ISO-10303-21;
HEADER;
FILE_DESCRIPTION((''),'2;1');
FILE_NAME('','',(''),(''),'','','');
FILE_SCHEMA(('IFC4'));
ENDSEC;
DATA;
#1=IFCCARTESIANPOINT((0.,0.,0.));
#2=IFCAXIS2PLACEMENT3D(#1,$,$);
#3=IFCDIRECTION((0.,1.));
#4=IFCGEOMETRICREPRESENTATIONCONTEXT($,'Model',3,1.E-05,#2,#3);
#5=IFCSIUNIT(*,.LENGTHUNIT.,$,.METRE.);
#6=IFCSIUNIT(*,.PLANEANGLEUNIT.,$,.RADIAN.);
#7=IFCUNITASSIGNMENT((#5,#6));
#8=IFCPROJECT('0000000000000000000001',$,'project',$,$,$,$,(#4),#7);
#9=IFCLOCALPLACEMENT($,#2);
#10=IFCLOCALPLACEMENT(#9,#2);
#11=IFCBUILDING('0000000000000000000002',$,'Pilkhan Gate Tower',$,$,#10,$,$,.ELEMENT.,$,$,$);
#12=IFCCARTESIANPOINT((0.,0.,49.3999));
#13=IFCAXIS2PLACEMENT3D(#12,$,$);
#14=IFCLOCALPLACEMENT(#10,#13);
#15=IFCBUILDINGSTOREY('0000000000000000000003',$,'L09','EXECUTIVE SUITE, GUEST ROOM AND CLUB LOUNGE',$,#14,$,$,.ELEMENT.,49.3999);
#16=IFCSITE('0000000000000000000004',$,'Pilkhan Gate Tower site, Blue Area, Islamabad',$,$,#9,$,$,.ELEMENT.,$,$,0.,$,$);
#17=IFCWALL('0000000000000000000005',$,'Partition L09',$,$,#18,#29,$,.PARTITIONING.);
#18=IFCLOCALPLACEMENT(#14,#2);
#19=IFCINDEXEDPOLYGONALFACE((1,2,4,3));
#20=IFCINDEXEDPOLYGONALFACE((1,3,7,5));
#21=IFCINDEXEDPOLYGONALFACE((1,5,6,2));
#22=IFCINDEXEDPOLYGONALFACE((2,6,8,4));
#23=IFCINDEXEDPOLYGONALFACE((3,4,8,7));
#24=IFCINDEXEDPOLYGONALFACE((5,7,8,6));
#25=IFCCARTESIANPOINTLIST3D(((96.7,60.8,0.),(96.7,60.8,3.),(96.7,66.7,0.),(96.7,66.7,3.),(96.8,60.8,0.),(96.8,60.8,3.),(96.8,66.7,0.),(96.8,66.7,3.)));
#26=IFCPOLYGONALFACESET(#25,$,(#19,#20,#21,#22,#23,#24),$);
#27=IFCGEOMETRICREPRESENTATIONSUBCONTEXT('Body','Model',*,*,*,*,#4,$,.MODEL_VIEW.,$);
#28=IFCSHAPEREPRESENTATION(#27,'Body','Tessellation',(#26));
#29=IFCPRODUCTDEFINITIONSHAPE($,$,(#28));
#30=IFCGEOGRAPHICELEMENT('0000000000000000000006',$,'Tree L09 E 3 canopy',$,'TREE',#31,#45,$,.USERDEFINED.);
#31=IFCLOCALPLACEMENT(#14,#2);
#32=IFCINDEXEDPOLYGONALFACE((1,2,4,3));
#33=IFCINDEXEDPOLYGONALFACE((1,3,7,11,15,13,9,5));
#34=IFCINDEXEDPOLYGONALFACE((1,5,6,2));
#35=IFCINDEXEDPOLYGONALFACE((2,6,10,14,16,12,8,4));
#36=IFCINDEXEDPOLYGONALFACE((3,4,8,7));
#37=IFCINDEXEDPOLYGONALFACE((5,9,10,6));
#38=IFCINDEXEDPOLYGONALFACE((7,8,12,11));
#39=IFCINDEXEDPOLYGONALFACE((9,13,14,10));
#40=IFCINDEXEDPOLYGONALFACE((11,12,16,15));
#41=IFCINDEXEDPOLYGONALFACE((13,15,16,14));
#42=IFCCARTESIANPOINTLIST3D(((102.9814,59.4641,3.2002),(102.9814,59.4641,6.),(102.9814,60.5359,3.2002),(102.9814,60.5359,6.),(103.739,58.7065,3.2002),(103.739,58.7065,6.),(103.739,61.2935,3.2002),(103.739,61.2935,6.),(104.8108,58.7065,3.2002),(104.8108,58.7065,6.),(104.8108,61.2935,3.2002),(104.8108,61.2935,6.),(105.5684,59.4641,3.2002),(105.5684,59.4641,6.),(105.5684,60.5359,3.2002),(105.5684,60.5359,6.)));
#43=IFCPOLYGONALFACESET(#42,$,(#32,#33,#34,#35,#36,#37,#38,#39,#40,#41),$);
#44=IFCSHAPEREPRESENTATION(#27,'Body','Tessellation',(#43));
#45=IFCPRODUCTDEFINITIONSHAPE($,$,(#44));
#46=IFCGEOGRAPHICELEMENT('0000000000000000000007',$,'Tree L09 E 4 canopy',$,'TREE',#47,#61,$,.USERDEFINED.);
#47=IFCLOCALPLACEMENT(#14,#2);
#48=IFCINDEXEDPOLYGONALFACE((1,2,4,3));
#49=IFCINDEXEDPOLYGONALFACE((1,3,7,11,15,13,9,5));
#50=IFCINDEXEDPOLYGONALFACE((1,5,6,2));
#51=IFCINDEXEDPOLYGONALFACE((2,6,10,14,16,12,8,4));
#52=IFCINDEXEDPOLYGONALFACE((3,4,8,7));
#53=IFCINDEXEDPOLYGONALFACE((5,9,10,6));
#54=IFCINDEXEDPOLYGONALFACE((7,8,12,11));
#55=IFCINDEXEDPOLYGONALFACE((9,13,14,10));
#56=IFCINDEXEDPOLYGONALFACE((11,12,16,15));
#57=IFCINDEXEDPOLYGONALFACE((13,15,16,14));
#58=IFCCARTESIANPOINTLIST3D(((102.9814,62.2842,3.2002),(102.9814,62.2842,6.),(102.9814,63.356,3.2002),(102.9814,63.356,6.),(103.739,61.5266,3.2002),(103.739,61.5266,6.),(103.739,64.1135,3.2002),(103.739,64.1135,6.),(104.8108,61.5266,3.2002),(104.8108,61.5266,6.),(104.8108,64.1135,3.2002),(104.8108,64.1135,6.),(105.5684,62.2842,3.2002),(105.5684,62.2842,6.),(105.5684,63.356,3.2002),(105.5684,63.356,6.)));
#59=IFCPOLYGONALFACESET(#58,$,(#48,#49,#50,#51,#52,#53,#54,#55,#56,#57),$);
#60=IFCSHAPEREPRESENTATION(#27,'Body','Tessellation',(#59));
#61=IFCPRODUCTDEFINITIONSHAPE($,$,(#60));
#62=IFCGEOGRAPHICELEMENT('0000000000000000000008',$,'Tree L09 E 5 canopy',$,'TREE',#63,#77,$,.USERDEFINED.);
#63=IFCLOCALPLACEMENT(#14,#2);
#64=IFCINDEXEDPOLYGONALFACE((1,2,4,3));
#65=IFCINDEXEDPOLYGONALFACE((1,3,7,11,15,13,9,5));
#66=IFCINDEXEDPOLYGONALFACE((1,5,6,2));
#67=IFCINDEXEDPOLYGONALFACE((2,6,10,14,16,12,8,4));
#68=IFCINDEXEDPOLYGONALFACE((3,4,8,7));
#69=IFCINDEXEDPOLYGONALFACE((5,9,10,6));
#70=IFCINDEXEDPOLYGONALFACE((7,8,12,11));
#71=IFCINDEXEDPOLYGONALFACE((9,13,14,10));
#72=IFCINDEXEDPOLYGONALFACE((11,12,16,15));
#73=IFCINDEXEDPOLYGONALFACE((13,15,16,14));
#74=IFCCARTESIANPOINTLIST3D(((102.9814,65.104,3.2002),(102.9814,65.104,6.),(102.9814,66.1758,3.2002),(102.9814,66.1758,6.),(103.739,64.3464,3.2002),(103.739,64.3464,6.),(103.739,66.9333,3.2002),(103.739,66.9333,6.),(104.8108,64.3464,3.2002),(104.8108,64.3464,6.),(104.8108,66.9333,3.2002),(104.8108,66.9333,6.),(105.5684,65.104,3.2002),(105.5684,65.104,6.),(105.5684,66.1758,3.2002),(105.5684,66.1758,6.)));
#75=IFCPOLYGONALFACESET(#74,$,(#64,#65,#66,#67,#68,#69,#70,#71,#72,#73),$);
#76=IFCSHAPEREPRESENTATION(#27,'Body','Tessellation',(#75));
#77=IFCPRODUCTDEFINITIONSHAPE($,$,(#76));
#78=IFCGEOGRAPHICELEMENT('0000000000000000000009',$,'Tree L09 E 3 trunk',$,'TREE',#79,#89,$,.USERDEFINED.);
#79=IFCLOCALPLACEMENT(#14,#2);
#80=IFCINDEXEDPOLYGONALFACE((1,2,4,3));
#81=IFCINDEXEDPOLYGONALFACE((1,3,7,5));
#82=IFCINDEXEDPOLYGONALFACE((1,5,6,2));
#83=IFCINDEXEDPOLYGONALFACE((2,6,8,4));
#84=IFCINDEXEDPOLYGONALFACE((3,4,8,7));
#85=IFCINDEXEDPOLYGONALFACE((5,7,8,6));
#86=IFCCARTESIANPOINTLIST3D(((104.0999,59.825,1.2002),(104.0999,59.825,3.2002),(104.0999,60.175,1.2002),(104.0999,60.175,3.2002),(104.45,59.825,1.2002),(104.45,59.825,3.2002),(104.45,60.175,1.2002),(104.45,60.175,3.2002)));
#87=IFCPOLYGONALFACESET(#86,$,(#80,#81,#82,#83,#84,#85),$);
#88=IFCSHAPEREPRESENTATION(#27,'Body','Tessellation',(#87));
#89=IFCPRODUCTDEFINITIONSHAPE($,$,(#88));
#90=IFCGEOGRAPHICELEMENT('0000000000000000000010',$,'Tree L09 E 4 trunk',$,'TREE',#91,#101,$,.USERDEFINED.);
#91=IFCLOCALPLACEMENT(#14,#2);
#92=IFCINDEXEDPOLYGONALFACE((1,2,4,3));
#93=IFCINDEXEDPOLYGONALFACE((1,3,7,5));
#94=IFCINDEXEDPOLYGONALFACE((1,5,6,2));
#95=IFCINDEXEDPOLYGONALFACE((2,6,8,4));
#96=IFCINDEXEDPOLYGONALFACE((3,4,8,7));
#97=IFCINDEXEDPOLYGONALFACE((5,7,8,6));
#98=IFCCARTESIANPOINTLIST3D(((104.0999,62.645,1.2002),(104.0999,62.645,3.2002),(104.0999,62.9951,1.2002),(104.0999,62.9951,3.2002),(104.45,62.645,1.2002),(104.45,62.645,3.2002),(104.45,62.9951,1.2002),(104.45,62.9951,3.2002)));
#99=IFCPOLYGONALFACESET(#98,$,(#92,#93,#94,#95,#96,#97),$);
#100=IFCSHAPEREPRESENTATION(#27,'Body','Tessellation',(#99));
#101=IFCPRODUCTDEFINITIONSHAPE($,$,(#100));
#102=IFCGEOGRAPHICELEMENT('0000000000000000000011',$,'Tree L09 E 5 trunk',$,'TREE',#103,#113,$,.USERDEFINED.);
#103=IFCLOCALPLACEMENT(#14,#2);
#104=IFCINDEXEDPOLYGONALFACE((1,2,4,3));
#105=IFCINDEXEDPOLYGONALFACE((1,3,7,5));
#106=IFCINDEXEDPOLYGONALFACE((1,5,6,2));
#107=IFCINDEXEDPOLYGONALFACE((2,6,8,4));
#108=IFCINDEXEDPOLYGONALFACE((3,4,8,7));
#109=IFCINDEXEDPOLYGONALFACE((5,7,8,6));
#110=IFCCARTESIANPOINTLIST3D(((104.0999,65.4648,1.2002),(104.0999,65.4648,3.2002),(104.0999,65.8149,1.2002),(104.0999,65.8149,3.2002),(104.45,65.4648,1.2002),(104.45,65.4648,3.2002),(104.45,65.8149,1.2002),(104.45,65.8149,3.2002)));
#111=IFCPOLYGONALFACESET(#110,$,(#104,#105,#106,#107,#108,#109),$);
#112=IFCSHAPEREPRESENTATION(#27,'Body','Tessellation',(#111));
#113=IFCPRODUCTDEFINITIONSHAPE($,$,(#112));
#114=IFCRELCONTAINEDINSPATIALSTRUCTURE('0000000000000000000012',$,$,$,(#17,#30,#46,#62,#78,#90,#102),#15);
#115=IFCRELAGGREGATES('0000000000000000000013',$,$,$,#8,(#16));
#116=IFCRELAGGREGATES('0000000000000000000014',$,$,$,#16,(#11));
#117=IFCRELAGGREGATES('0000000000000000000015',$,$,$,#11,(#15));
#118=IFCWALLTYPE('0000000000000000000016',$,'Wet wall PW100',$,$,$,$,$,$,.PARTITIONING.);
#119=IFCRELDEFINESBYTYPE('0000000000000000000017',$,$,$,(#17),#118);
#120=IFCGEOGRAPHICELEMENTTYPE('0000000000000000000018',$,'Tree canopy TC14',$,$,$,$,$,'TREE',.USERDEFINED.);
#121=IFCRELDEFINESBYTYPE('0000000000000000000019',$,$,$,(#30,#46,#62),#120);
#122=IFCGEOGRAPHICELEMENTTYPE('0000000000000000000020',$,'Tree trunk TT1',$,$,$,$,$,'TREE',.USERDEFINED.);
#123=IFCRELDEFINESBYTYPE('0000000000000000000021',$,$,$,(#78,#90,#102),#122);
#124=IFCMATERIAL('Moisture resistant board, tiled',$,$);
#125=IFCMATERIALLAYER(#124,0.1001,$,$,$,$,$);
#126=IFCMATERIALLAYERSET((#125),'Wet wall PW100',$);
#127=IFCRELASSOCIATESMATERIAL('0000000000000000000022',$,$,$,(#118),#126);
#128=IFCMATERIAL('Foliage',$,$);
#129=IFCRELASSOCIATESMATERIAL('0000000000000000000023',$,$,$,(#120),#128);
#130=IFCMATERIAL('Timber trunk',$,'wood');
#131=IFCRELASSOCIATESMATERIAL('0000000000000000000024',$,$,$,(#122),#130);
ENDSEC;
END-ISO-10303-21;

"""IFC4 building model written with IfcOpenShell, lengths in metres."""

from ifc_helpers import new_model, si_unit, direction, frame, frame_2d, origin, origin_2d, place, context, subcontext, project, spatial, polyline, rectangle, outline, extrude, material, layer, layer_set, material_profile, profile_set, type_object, element, save


model = new_model("IFC4")

# Units and contexts
model_context = context("Model", 3, precision=1e-05, world=origin(), true_north=direction((0.0, 1.0)))
body_context = subcontext(model_context, "Body", "Model", "MODEL_VIEW")
ifc_project = project(units=[si_unit("LENGTHUNIT", "METRE"), si_unit("PLANEANGLEUNIT", "RADIAN")], contexts=[model_context])

# Site, building, storey
site_placement = place(None, origin())
site = spatial("IfcSite", under=ifc_project, at=site_placement, Name="Pilkhan Gate Tower site, Blue Area, Islamabad", CompositionType="ELEMENT", RefElevation=0.0)
building_placement = place(site_placement, origin())
building = spatial("IfcBuilding", under=site, at=building_placement, Name="Pilkhan Gate Tower", CompositionType="ELEMENT")
storey_placement = place(building_placement, frame((0.0, 0.0, 49.3999)))
storey = spatial("IfcBuildingStorey", under=building, at=storey_placement, Name="L09", Description="EXECUTIVE SUITE, GUEST ROOM AND CLUB LOUNGE", CompositionType="ELEMENT", Elevation=49.3999)

# Shared definitions
ifc_material_1 = material(Name="Moisture resistant board, tiled")
ifc_layer_1 = layer(ifc_material_1, 0.1001)
ifc_layer_set_1 = layer_set([ifc_layer_1], Name="Wet wall PW100")
wall_type_1 = type_object("IfcWallType", Name="Wet wall PW100", PredefinedType="PARTITIONING", material=ifc_layer_set_1)

# Wall
wall_1_placement = place(storey_placement, frame((96.75, 60.8, 0.0), z_axis=(0.0, 0.0, 1.0), x_axis=(0.0, 1.0, 0.0)))
element("IfcWall", 1, at=wall_1_placement, inside=storey, type_object=wall_type_1, Name="Partition L09", PredefinedType="PARTITIONING", context=body_context, shape_type="SweptSolid", body=[
    extrude(rectangle(XDim=5.8999, YDim=0.1001, at=frame_2d((2.95, 0.0))), origin(), (0.0, 0.0, 1.0), 3.0),
])

# Geographic elements
ifc_material_2 = material(Name="Foliage")
ifc_material_profile_1 = material_profile(ifc_material_2, outline(polyline([(1.2935, 0.5359), (0.5359, 1.2935), (-0.5359, 1.2935), (-1.2935, 0.5359), (-1.2935, -0.5359), (-0.5359, -1.2935), (0.5359, -1.2935), (1.2935, -0.5359), (1.2935, 0.5359)])), Name="Canopy D2.8")
ifc_profile_set_1 = profile_set([ifc_material_profile_1], Name="Foliage")
geographic_element_type_1 = type_object("IfcGeographicElementType", Name="Tree canopy TC14", ElementType="TREE", PredefinedType="USERDEFINED", material=ifc_profile_set_1)
for number, where, z_axis, x_axis, name in (
    (2, (104.2749, 60.0, 3.2002), (0.0, 0.0, 1.0), (1.0, 0.0, 0.0), "Tree L09 E 3 canopy"),
    (3, (104.2749, 62.8201, 3.2002), (0.0, 0.0, 1.0), (1.0, 0.0, 0.0), "Tree L09 E 4 canopy"),
    (4, (104.2749, 65.6399, 3.2002), (0.0, 0.0, 1.0), (1.0, 0.0, 0.0), "Tree L09 E 5 canopy"),
):
    element("IfcGeographicElement", number, at=place(storey_placement, frame(where, z_axis=z_axis, x_axis=x_axis)), inside=storey, type_object=geographic_element_type_1, Name=name, ObjectType="TREE", PredefinedType="USERDEFINED", context=body_context, shape_type="SweptSolid", body=[
        extrude(outline(polyline([(1.2935, 0.5359), (0.5359, 1.2935), (-0.5359, 1.2935), (-1.2935, 0.5359), (-1.2935, -0.5359), (-0.5359, -1.2935), (0.5359, -1.2935), (1.2935, -0.5359), (1.2935, 0.5359)])), origin(), (0.0, 0.0, 1.0), 2.7998),
    ])
ifc_material_3 = material(Name="Timber trunk", Category="wood")
geographic_element_type_2 = type_object("IfcGeographicElementType", Name="Tree trunk TT1", ElementType="TREE", PredefinedType="USERDEFINED", material=ifc_material_3)
for number, where, z_axis, x_axis, name in (
    (5, (104.2749, 60.0, 1.2002), (0.0, 0.0, 1.0), (1.0, 0.0, 0.0), "Tree L09 E 3 trunk"),
    (6, (104.2749, 62.8201, 1.2002), (0.0, 0.0, 1.0), (1.0, 0.0, 0.0), "Tree L09 E 4 trunk"),
    (7, (104.2749, 65.6399, 1.2002), (0.0, 0.0, 1.0), (1.0, 0.0, 0.0), "Tree L09 E 5 trunk"),
):
    element("IfcGeographicElement", number, at=place(storey_placement, frame(where, z_axis=z_axis, x_axis=x_axis)), inside=storey, type_object=geographic_element_type_2, Name=name, ObjectType="TREE", PredefinedType="USERDEFINED", context=body_context, shape_type="SweptSolid", body=[
        extrude(rectangle(XDim=0.3501, YDim=0.3501, at=origin_2d()), origin(), (0.0, 0.0, 1.0), 2.0),
    ])

save(model, "model.ifc")
